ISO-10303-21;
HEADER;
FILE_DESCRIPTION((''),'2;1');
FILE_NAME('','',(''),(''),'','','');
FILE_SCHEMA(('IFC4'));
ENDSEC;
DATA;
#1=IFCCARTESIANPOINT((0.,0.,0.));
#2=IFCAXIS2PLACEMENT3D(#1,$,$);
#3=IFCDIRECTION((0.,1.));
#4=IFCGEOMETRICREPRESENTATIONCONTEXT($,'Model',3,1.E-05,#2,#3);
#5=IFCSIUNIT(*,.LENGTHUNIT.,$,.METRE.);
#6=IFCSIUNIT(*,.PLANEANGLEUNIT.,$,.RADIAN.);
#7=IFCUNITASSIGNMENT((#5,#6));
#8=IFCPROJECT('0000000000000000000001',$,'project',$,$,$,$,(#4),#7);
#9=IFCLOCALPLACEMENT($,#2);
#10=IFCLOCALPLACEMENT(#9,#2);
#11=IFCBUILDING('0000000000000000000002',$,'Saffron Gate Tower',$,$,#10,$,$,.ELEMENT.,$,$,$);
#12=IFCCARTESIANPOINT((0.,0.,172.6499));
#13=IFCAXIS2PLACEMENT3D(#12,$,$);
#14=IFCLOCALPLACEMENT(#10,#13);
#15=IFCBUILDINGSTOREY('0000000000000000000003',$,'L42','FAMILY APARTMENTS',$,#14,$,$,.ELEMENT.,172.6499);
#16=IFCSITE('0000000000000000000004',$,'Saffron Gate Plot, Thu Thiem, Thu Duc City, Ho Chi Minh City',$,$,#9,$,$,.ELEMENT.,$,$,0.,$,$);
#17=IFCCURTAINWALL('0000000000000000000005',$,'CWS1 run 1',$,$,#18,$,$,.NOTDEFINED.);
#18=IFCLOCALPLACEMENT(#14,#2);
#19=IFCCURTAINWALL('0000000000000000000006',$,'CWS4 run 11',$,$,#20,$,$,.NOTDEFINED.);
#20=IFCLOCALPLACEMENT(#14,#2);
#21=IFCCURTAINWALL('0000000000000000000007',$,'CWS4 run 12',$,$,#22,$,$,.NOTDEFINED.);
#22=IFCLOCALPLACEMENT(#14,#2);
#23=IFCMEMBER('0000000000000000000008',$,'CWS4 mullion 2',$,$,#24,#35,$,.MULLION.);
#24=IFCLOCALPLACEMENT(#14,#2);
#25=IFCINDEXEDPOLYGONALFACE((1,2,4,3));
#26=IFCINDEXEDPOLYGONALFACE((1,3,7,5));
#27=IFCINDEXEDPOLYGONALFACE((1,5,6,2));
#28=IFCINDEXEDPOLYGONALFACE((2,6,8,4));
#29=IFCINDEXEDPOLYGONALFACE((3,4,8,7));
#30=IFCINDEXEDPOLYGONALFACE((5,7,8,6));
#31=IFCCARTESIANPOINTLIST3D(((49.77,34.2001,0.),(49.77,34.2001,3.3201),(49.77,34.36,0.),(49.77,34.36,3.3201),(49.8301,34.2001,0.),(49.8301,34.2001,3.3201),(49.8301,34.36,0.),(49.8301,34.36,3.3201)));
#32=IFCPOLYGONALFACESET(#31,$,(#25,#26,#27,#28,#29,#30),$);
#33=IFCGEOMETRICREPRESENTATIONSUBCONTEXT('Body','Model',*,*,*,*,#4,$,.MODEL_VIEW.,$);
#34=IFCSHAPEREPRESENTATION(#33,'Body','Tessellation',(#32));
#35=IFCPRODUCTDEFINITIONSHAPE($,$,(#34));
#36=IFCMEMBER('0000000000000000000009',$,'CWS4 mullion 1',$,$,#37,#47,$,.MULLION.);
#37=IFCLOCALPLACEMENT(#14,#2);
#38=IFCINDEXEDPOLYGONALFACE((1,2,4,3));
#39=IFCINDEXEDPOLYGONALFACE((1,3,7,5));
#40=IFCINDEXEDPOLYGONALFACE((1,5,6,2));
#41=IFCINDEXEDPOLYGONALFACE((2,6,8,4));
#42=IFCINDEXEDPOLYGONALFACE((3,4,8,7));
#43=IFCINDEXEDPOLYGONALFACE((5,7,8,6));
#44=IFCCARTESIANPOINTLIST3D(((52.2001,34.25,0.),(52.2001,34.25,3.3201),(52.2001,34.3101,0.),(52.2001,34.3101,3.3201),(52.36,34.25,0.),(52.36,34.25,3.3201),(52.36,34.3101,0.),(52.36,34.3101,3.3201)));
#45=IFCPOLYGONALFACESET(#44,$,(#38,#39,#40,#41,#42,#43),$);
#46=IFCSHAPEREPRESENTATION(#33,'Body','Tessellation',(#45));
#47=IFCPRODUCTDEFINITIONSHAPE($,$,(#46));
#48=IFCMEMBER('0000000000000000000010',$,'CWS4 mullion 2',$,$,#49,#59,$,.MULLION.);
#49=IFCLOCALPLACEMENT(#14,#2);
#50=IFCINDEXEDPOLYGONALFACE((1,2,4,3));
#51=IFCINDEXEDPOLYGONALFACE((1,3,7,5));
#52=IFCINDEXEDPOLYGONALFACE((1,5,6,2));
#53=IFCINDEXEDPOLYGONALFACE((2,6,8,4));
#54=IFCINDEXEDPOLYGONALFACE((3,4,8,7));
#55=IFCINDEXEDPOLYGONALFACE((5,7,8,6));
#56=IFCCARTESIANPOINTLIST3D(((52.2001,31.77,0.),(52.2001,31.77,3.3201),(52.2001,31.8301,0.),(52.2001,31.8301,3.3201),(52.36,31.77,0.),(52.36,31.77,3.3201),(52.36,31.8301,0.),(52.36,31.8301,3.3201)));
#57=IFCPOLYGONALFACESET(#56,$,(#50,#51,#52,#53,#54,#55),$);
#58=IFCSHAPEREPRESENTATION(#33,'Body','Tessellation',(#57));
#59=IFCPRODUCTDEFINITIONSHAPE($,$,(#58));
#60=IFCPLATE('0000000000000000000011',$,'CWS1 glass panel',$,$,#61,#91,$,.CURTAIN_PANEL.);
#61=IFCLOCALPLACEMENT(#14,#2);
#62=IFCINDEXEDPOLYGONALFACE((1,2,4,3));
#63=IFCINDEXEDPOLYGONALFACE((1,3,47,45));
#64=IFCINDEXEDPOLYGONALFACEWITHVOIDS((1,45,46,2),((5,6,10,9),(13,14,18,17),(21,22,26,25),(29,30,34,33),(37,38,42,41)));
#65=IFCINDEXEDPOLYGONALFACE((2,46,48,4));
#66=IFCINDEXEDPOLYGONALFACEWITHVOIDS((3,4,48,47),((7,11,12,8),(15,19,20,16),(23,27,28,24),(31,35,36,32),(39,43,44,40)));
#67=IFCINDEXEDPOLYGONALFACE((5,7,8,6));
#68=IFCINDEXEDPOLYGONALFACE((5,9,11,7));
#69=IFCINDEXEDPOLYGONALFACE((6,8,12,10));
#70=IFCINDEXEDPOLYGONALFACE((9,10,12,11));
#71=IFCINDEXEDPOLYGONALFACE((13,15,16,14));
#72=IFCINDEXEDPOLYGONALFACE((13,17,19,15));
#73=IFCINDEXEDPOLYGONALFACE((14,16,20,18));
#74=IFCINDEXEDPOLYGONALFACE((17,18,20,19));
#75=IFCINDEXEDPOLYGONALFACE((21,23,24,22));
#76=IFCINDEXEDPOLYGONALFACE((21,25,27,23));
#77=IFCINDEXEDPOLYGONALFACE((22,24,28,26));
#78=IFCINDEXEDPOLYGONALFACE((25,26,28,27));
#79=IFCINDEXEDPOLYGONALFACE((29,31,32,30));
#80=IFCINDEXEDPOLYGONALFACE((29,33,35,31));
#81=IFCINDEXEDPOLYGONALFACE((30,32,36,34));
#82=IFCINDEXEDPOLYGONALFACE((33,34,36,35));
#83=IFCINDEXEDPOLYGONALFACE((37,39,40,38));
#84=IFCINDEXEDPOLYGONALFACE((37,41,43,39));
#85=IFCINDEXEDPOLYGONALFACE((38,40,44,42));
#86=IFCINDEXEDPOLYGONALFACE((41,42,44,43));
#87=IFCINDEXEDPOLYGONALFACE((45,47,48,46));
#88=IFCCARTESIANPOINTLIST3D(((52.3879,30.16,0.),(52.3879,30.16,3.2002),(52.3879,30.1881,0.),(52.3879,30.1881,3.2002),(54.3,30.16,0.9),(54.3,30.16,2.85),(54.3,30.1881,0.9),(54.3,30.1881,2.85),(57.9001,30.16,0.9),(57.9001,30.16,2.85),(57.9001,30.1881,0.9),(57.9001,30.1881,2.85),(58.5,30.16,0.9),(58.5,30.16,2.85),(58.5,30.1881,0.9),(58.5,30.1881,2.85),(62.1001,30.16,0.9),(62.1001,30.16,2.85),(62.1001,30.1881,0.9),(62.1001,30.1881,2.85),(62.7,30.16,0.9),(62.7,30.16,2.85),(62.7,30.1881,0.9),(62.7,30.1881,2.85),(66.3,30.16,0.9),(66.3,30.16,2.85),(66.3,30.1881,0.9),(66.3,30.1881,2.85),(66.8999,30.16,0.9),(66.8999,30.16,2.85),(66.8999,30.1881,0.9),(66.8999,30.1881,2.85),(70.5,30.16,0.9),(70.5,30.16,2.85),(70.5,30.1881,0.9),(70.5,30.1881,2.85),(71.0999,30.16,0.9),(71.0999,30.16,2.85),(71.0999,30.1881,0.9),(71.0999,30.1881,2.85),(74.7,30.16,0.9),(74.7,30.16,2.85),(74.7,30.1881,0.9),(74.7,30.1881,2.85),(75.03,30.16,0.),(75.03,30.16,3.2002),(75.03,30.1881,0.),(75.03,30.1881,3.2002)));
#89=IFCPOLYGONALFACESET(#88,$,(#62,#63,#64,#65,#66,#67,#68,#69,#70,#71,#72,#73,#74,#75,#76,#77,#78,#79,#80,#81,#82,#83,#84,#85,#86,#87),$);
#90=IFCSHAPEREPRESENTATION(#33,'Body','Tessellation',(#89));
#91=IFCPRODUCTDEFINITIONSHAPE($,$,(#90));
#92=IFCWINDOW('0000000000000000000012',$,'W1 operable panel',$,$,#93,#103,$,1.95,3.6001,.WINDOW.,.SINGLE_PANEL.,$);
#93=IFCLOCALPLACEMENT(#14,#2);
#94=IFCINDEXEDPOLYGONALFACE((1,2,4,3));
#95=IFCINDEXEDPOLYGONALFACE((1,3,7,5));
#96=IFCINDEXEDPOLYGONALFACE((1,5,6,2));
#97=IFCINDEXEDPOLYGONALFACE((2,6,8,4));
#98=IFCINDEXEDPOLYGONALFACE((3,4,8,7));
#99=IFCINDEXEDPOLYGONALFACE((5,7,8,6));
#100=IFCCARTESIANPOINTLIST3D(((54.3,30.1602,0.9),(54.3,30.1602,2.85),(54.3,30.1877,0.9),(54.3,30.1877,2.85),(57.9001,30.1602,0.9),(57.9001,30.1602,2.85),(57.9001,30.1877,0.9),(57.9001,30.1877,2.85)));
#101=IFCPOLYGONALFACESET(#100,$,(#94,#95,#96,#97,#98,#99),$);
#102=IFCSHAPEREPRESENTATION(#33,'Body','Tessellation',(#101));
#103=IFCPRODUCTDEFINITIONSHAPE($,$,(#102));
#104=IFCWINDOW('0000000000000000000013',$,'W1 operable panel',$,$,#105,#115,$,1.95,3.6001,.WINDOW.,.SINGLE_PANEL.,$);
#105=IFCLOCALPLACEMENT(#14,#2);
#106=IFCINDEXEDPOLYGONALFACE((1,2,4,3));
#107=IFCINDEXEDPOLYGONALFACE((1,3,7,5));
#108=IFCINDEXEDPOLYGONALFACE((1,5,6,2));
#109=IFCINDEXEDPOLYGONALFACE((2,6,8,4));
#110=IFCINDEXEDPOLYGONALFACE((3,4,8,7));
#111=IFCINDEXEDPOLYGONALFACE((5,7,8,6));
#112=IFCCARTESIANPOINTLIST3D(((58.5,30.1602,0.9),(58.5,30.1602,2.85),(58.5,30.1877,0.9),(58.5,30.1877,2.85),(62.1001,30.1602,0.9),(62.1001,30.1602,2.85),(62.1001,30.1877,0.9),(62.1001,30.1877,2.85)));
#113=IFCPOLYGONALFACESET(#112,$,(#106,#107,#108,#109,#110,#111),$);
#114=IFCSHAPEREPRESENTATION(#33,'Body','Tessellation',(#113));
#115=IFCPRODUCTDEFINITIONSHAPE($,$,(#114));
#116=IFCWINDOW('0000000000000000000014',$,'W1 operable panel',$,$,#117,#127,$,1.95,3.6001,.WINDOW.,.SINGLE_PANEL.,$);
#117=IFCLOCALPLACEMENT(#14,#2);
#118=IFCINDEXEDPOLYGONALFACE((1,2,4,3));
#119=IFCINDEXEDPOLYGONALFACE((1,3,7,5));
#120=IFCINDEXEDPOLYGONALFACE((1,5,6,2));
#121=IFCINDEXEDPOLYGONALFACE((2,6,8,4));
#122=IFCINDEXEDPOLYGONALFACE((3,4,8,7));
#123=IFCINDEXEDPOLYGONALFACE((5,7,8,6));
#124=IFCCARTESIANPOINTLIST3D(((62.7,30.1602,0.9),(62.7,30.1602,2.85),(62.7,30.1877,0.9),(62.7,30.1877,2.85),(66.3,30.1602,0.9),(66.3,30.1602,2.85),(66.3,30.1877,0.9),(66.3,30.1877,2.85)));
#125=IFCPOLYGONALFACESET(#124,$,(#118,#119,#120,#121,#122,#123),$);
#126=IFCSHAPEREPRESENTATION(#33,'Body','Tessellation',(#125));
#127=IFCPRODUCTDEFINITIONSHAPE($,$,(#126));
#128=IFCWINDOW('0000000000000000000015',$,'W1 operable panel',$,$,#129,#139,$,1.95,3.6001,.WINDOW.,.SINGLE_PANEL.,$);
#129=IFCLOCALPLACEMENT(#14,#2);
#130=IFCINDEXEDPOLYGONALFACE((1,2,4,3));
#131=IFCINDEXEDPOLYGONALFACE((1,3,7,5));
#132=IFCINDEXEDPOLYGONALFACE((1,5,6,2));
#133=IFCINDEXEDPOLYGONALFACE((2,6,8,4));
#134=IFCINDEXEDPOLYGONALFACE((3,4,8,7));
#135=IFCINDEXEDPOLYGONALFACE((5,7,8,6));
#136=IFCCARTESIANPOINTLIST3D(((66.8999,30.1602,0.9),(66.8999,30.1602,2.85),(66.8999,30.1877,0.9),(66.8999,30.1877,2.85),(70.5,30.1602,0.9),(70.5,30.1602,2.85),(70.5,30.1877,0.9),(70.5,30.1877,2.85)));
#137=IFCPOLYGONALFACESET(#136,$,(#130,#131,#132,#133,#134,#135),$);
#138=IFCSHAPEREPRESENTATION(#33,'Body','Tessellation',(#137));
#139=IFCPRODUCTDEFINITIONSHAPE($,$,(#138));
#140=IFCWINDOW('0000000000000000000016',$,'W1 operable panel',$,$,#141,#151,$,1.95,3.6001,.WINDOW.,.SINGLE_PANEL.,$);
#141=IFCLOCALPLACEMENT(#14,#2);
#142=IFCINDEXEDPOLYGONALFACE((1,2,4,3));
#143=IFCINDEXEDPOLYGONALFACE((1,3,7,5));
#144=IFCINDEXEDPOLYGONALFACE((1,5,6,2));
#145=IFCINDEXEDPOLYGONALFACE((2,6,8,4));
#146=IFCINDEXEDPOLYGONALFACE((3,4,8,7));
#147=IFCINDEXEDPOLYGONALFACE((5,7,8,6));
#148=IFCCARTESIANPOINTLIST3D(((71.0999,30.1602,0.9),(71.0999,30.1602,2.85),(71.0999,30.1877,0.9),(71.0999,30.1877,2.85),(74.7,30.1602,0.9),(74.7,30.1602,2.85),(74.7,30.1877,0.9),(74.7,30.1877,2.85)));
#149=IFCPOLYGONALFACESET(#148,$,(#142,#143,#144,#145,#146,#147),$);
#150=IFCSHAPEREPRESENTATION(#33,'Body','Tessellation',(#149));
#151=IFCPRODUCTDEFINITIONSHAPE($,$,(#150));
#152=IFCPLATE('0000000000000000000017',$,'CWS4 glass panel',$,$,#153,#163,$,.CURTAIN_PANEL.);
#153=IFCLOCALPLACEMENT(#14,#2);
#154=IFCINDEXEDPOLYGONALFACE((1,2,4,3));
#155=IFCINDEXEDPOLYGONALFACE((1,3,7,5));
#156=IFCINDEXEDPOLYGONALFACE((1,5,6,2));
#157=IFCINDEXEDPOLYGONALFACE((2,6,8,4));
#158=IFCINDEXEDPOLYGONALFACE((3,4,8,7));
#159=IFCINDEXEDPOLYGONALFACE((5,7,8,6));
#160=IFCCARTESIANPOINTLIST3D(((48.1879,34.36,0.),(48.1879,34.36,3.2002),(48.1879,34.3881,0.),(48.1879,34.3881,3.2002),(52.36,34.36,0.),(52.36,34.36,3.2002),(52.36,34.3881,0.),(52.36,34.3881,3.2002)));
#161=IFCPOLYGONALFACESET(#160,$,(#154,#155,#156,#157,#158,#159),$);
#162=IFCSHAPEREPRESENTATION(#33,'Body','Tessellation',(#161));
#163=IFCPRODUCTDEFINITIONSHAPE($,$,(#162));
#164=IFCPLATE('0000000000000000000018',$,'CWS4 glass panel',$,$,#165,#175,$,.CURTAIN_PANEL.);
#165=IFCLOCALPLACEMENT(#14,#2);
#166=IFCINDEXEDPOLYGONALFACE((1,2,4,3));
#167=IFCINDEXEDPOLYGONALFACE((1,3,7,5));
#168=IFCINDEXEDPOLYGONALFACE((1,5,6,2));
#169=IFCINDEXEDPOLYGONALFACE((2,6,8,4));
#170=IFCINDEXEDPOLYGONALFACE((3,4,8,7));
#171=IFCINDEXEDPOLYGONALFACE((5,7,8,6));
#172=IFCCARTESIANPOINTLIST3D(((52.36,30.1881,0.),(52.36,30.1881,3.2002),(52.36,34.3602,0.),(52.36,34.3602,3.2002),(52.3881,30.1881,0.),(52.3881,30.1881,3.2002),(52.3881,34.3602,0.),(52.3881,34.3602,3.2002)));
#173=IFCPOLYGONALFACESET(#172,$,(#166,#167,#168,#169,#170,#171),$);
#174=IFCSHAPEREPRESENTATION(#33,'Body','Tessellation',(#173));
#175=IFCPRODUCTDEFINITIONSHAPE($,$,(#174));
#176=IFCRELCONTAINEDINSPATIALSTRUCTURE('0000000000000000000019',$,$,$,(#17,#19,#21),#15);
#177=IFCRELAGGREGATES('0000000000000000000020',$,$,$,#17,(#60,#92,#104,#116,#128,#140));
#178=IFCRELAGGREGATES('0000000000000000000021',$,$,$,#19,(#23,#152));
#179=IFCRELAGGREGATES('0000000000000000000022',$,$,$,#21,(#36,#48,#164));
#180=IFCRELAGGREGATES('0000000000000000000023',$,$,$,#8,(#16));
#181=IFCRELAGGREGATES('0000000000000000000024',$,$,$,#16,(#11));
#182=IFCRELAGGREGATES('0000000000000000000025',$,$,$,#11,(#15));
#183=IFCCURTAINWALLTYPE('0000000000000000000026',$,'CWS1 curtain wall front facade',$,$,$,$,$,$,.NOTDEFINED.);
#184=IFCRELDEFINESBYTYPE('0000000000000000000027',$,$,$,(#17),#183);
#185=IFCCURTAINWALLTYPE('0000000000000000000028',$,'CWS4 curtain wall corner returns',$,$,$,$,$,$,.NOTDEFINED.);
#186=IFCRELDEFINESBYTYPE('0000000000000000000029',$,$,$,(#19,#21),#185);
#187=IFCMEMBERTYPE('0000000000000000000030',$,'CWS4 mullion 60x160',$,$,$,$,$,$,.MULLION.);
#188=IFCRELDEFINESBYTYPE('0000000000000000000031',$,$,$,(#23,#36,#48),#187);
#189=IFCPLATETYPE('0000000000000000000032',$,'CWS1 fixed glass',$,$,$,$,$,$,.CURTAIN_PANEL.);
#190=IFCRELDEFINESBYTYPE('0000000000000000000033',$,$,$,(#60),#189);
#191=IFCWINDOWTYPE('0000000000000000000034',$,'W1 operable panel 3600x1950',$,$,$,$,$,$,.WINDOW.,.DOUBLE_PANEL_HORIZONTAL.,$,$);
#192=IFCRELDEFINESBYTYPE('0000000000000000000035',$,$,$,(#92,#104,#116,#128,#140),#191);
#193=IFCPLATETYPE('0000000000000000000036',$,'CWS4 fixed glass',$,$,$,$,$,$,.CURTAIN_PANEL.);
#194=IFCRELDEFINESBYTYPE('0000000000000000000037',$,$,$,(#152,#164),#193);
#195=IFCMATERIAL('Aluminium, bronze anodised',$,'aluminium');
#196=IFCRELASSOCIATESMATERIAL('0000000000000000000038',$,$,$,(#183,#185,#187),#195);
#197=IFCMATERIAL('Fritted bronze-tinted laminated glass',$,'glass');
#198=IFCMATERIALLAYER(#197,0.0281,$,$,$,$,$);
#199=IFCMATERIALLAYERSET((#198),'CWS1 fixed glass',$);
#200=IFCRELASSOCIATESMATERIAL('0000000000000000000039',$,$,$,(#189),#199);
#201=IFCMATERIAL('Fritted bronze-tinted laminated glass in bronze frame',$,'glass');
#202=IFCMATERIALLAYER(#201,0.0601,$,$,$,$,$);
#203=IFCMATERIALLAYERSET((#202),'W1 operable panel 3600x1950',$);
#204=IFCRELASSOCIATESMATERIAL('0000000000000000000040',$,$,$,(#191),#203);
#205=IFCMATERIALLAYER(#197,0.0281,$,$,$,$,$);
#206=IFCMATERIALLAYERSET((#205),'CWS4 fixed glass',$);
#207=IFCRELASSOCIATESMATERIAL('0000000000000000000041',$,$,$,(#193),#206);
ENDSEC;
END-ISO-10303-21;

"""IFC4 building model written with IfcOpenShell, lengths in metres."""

from ifc_helpers import new_model, si_unit, direction, frame, frame_2d, origin, origin_2d, place, context, subcontext, project, spatial, rectangle, extrude, material, layer, layer_set, material_profile, profile_set, type_object, element, fill, aggregate, save


model = new_model("IFC4")

# Units and contexts
model_context = context("Model", 3, precision=1e-05, world=origin(), true_north=direction((0.0, 1.0)))
body_context = subcontext(model_context, "Body", "Model", "MODEL_VIEW")
ifc_project = project(units=[si_unit("LENGTHUNIT", "METRE"), si_unit("PLANEANGLEUNIT", "RADIAN")], contexts=[model_context])

# Site, building, storey
site_placement = place(None, origin())
site = spatial("IfcSite", under=ifc_project, at=site_placement, Name="Saffron Gate Plot, Thu Thiem, Thu Duc City, Ho Chi Minh City", CompositionType="ELEMENT", RefElevation=0.0)
building_placement = place(site_placement, origin())
building = spatial("IfcBuilding", under=site, at=building_placement, Name="Saffron Gate Tower", CompositionType="ELEMENT")
storey_placement = place(building_placement, frame((0.0, 0.0, 172.6499)))
storey = spatial("IfcBuildingStorey", under=building, at=storey_placement, Name="L42", Description="FAMILY APARTMENTS", CompositionType="ELEMENT", Elevation=172.6499)

# Curtain wall
ifc_material_1 = material(Name="Aluminium, bronze anodised", Category="aluminium")
curtain_wall_type_1 = type_object("IfcCurtainWallType", Name="CWS1 curtain wall front facade", PredefinedType="NOTDEFINED", material=ifc_material_1)
curtain_wall_1_placement = place(storey_placement, origin())
curtain_wall_1 = element("IfcCurtainWall", 1, at=curtain_wall_1_placement, inside=storey, type_object=curtain_wall_type_1, Name="CWS1 run 1", PredefinedType="NOTDEFINED")

# Curtain walls
curtain_wall_type_2 = type_object("IfcCurtainWallType", Name="CWS4 curtain wall corner returns", PredefinedType="NOTDEFINED", material=ifc_material_1)
curtain_wall_2_placement = place(storey_placement, origin())
curtain_wall_2 = element("IfcCurtainWall", 2, at=curtain_wall_2_placement, inside=storey, type_object=curtain_wall_type_2, Name="CWS4 run 11", PredefinedType="NOTDEFINED")
curtain_wall_3_placement = place(storey_placement, origin())
curtain_wall_3 = element("IfcCurtainWall", 3, at=curtain_wall_3_placement, inside=storey, type_object=curtain_wall_type_2, Name="CWS4 run 12", PredefinedType="NOTDEFINED")

# Members
ifc_material_profile_1 = material_profile(ifc_material_1, rectangle(XDim=0.1599, YDim=0.0601, at=origin_2d()))
ifc_profile_set_1 = profile_set([ifc_material_profile_1], Name="Aluminium, bronze anodised")
member_type_1 = type_object("IfcMemberType", Name="CWS4 mullion 60x160", PredefinedType="MULLION", material=ifc_profile_set_1)
member_1_placement = place(storey_placement, frame((49.8, 34.28, 0.0), z_axis=(0.0, 0.0, 1.0), x_axis=(0.0, 1.0, 0.0)))
member_1 = element("IfcMember", 4, at=member_1_placement, type_object=member_type_1, Name="CWS4 mullion 2", PredefinedType="MULLION", context=body_context, shape_type="SweptSolid", body=[
    extrude(rectangle(XDim=0.1599, YDim=0.0601, at=origin_2d()), origin(), (0.0, 0.0, 1.0), 3.3201),
])
member_2_placement = place(storey_placement, frame((52.28, 34.28, 0.0), z_axis=(0.0, 0.0, 1.0), x_axis=(1.0, 0.0, 0.0)))
member_2 = element("IfcMember", 5, at=member_2_placement, type_object=member_type_1, Name="CWS4 mullion 1", PredefinedType="MULLION", context=body_context, shape_type="SweptSolid", body=[
    extrude(rectangle(XDim=0.1599, YDim=0.0601, at=origin_2d()), origin(), (0.0, 0.0, 1.0), 3.3201),
])
member_3_placement = place(storey_placement, frame((52.28, 31.8, 0.0), z_axis=(0.0, 0.0, 1.0), x_axis=(1.0, 0.0, 0.0)))
member_3 = element("IfcMember", 6, at=member_3_placement, type_object=member_type_1, Name="CWS4 mullion 2", PredefinedType="MULLION", context=body_context, shape_type="SweptSolid", body=[
    extrude(rectangle(XDim=0.1599, YDim=0.0601, at=origin_2d()), origin(), (0.0, 0.0, 1.0), 3.3201),
])

# Plate, openings, windows
ifc_material_2 = material(Name="Fritted bronze-tinted laminated glass", Category="glass")
ifc_layer_1 = layer(ifc_material_2, 0.0281)
ifc_layer_set_1 = layer_set([ifc_layer_1], Name="CWS1 fixed glass")
plate_type_1 = type_object("IfcPlateType", Name="CWS1 fixed glass", PredefinedType="CURTAIN_PANEL", material=ifc_layer_set_1)
plate_1_placement = place(storey_placement, frame((52.3879, 30.1741, 0.0), z_axis=(0.0, 0.0, 1.0), x_axis=(1.0, 0.0, 0.0)))
plate_1 = element("IfcPlate", 7, at=plate_1_placement, type_object=plate_type_1, Name="CWS1 glass panel", PredefinedType="CURTAIN_PANEL", context=body_context, shape_type="SweptSolid", body=[
    extrude(rectangle(XDim=22.6421, YDim=0.0281, at=frame_2d((11.321, 0.0))), origin(), (0.0, 0.0, 1.0), 3.2002),
])
opening_1_placement = place(plate_1_placement, frame((1.9121, 0.0, 0.8999)))
opening_1 = element("IfcOpeningElement", 8, at=opening_1_placement, cuts=plate_1, PredefinedType="OPENING", context=body_context, shape_type="SweptSolid", body=[
    extrude(rectangle(XDim=3.6001, YDim=1.95, at=frame_2d((1.8, 0.9751))), frame((0.0, 0.0239, 0.0), z_axis=(0.0, -1.0, 0.0), x_axis=(1.0, 0.0, 0.0)), (0.0, 0.0, 1.0), 0.0481),
])
opening_2_placement = place(plate_1_placement, frame((6.1121, 0.0, 0.8999)))
opening_2 = element("IfcOpeningElement", 9, at=opening_2_placement, cuts=plate_1, PredefinedType="OPENING", context=body_context, shape_type="SweptSolid", body=[
    extrude(rectangle(XDim=3.6001, YDim=1.95, at=frame_2d((1.8, 0.9751))), frame((0.0, 0.0239, 0.0), z_axis=(0.0, -1.0, 0.0), x_axis=(1.0, 0.0, 0.0)), (0.0, 0.0, 1.0), 0.0481),
])
opening_3_placement = place(plate_1_placement, frame((10.312, 0.0, 0.8999)))
opening_3 = element("IfcOpeningElement", 10, at=opening_3_placement, cuts=plate_1, PredefinedType="OPENING", context=body_context, shape_type="SweptSolid", body=[
    extrude(rectangle(XDim=3.6001, YDim=1.95, at=frame_2d((1.8, 0.9751))), frame((0.0, 0.0239, 0.0), z_axis=(0.0, -1.0, 0.0), x_axis=(1.0, 0.0, 0.0)), (0.0, 0.0, 1.0), 0.0481),
])
opening_4_placement = place(plate_1_placement, frame((14.512, 0.0, 0.8999)))
opening_4 = element("IfcOpeningElement", 11, at=opening_4_placement, cuts=plate_1, PredefinedType="OPENING", context=body_context, shape_type="SweptSolid", body=[
    extrude(rectangle(XDim=3.6001, YDim=1.95, at=frame_2d((1.8, 0.9751))), frame((0.0, 0.0239, 0.0), z_axis=(0.0, -1.0, 0.0), x_axis=(1.0, 0.0, 0.0)), (0.0, 0.0, 1.0), 0.0481),
])
opening_5_placement = place(plate_1_placement, frame((18.7119, 0.0, 0.8999)))
opening_5 = element("IfcOpeningElement", 12, at=opening_5_placement, cuts=plate_1, PredefinedType="OPENING", context=body_context, shape_type="SweptSolid", body=[
    extrude(rectangle(XDim=3.6001, YDim=1.95, at=frame_2d((1.8, 0.9751))), frame((0.0, 0.0239, 0.0), z_axis=(0.0, -1.0, 0.0), x_axis=(1.0, 0.0, 0.0)), (0.0, 0.0, 1.0), 0.0481),
])
ifc_material_3 = material(Name="Fritted bronze-tinted laminated glass in bronze frame", Category="glass")
ifc_layer_2 = layer(ifc_material_3, 0.0601)
ifc_layer_set_2 = layer_set([ifc_layer_2], Name="W1 operable panel 3600x1950")
window_type = type_object("IfcWindowType", Name="W1 operable panel 3600x1950", PartitioningType="DOUBLE_PANEL_HORIZONTAL", PredefinedType="WINDOW", material=ifc_layer_set_2)
window_1_placement = place(opening_1_placement, origin())
window_1 = element("IfcWindow", 13, at=window_1_placement, type_object=window_type, Name="W1 operable panel", OverallHeight=1.95, OverallWidth=3.6001, PartitioningType="SINGLE_PANEL", PredefinedType="WINDOW", context=body_context, shape_type="SweptSolid", body=[
    extrude(rectangle(XDim=3.6001, YDim=1.95, at=frame_2d((1.8, 0.9751))), frame((0.0, 0.0137, 0.0), z_axis=(0.0, -1.0, 0.0), x_axis=(1.0, 0.0, 0.0)), (0.0, 0.0, 1.0), 0.0276),
])
fill(opening_1, window_1)
window_2_placement = place(opening_2_placement, origin())
window_2 = element("IfcWindow", 14, at=window_2_placement, type_object=window_type, Name="W1 operable panel", OverallHeight=1.95, OverallWidth=3.6001, PartitioningType="SINGLE_PANEL", PredefinedType="WINDOW", context=body_context, shape_type="SweptSolid", body=[
    extrude(rectangle(XDim=3.6001, YDim=1.95, at=frame_2d((1.8, 0.9751))), frame((0.0, 0.0137, 0.0), z_axis=(0.0, -1.0, 0.0), x_axis=(1.0, 0.0, 0.0)), (0.0, 0.0, 1.0), 0.0276),
])
fill(opening_2, window_2)
window_3_placement = place(opening_3_placement, origin())
window_3 = element("IfcWindow", 15, at=window_3_placement, type_object=window_type, Name="W1 operable panel", OverallHeight=1.95, OverallWidth=3.6001, PartitioningType="SINGLE_PANEL", PredefinedType="WINDOW", context=body_context, shape_type="SweptSolid", body=[
    extrude(rectangle(XDim=3.6001, YDim=1.95, at=frame_2d((1.8, 0.9751))), frame((0.0, 0.0137, 0.0), z_axis=(0.0, -1.0, 0.0), x_axis=(1.0, 0.0, 0.0)), (0.0, 0.0, 1.0), 0.0276),
])
fill(opening_3, window_3)
window_4_placement = place(opening_4_placement, origin())
window_4 = element("IfcWindow", 16, at=window_4_placement, type_object=window_type, Name="W1 operable panel", OverallHeight=1.95, OverallWidth=3.6001, PartitioningType="SINGLE_PANEL", PredefinedType="WINDOW", context=body_context, shape_type="SweptSolid", body=[
    extrude(rectangle(XDim=3.6001, YDim=1.95, at=frame_2d((1.8, 0.9751))), frame((0.0, 0.0137, 0.0), z_axis=(0.0, -1.0, 0.0), x_axis=(1.0, 0.0, 0.0)), (0.0, 0.0, 1.0), 0.0276),
])
fill(opening_4, window_4)
window_5_placement = place(opening_5_placement, origin())
window_5 = element("IfcWindow", 17, at=window_5_placement, type_object=window_type, Name="W1 operable panel", OverallHeight=1.95, OverallWidth=3.6001, PartitioningType="SINGLE_PANEL", PredefinedType="WINDOW", context=body_context, shape_type="SweptSolid", body=[
    extrude(rectangle(XDim=3.6001, YDim=1.95, at=frame_2d((1.8, 0.9751))), frame((0.0, 0.0137, 0.0), z_axis=(0.0, -1.0, 0.0), x_axis=(1.0, 0.0, 0.0)), (0.0, 0.0, 1.0), 0.0276),
])
fill(opening_5, window_5)
aggregate(curtain_wall_1, [plate_1, window_1, window_2, window_3, window_4, window_5])

# Plates
ifc_layer_3 = layer(ifc_material_2, 0.0281)
ifc_layer_set_3 = layer_set([ifc_layer_3], Name="CWS4 fixed glass")
plate_type_2 = type_object("IfcPlateType", Name="CWS4 fixed glass", PredefinedType="CURTAIN_PANEL", material=ifc_layer_set_3)
plate_2_placement = place(storey_placement, frame((48.188, 34.374, 0.0), z_axis=(0.0, 0.0, 1.0), x_axis=(1.0, 0.0, 0.0)))
plate_2 = element("IfcPlate", 18, at=plate_2_placement, type_object=plate_type_2, Name="CWS4 glass panel", PredefinedType="CURTAIN_PANEL", context=body_context, shape_type="SweptSolid", body=[
    extrude(rectangle(XDim=4.1721, YDim=0.0281, at=frame_2d((2.0859, 0.0))), origin(), (0.0, 0.0, 1.0), 3.2002),
])
aggregate(curtain_wall_2, [member_1, plate_2])
plate_3_placement = place(storey_placement, frame((52.374, 34.3601, 0.0), z_axis=(0.0, 0.0, 1.0), x_axis=(0.0, -1.0, 0.0)))
plate_3 = element("IfcPlate", 19, at=plate_3_placement, type_object=plate_type_2, Name="CWS4 glass panel", PredefinedType="CURTAIN_PANEL", context=body_context, shape_type="SweptSolid", body=[
    extrude(rectangle(XDim=4.1721, YDim=0.0281, at=frame_2d((2.0859, 0.0))), origin(), (0.0, 0.0, 1.0), 3.2002),
])
aggregate(curtain_wall_3, [member_2, member_3, plate_3])

save(model, "model.ifc")
